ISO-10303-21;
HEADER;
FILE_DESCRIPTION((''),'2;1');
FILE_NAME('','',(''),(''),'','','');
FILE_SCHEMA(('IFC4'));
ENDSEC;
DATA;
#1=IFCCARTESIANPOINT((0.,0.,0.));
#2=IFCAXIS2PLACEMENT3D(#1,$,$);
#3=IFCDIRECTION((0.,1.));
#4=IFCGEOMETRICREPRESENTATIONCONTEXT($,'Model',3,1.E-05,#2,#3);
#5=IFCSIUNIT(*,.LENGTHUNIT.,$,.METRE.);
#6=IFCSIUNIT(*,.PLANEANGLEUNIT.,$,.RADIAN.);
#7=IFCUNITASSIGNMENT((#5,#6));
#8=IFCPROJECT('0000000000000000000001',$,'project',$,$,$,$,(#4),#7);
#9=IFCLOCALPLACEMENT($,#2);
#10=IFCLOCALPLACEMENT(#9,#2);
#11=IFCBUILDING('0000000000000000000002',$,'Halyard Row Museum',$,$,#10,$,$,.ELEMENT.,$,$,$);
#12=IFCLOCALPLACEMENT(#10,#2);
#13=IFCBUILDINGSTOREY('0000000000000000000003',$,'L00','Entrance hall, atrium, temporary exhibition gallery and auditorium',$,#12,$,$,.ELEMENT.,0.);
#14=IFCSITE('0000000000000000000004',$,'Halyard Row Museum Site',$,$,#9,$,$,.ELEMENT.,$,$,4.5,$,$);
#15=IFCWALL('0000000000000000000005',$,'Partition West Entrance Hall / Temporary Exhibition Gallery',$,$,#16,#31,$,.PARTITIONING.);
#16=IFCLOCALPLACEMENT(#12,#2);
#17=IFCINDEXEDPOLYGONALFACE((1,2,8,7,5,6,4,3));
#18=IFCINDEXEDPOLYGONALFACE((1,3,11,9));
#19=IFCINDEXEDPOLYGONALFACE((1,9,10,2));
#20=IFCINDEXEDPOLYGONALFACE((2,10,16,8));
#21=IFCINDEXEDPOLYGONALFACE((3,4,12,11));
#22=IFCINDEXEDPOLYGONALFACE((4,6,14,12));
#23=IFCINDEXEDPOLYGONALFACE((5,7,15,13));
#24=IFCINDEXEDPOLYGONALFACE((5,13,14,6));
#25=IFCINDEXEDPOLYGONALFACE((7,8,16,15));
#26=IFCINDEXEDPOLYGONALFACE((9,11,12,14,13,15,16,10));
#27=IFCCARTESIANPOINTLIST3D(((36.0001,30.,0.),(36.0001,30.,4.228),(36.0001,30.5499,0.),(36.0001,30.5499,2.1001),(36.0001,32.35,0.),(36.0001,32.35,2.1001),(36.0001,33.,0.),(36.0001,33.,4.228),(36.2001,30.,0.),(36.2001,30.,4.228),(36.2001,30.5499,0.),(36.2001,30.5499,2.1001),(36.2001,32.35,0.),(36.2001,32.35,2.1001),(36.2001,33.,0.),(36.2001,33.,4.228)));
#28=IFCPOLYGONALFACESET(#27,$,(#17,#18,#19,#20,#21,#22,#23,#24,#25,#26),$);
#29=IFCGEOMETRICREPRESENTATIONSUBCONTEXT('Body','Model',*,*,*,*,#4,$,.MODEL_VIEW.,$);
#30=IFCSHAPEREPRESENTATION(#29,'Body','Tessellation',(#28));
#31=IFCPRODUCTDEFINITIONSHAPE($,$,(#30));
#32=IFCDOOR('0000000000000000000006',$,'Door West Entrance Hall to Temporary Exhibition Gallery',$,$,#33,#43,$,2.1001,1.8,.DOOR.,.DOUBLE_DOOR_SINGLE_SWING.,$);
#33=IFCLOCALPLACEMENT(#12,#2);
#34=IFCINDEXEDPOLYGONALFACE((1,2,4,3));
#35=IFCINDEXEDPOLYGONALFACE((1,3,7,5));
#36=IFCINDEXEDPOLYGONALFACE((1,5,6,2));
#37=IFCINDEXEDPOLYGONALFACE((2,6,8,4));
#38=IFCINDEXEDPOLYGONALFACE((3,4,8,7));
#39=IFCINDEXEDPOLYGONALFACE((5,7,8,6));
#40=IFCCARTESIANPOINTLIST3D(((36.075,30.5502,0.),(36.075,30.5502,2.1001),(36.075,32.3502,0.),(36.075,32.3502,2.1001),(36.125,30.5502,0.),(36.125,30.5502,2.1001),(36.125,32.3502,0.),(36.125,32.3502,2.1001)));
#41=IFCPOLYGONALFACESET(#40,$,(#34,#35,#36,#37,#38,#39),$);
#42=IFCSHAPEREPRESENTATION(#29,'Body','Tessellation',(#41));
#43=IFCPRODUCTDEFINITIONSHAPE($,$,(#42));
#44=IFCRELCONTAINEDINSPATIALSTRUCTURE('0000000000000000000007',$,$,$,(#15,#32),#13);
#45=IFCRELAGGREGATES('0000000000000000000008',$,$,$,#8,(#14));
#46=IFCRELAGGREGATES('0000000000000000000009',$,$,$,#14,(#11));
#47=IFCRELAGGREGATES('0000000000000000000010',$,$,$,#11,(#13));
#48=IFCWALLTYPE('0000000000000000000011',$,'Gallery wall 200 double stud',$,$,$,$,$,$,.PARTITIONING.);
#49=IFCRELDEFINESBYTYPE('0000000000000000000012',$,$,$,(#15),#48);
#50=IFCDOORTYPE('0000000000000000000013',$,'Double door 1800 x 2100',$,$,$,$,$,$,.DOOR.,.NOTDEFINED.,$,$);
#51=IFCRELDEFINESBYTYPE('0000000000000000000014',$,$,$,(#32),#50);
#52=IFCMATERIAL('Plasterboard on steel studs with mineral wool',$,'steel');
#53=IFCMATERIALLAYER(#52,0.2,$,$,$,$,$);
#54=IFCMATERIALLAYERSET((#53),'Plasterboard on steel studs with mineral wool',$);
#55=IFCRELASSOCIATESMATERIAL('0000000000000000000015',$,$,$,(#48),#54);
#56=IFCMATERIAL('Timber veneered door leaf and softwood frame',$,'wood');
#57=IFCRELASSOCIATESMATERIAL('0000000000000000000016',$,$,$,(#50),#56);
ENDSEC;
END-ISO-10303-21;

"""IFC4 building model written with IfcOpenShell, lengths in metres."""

from ifc_helpers import new_model, si_unit, direction, frame, frame_2d, origin, place, context, subcontext, project, spatial, rectangle, extrude, material, layer, layer_set, type_object, element, fill, save


model = new_model("IFC4")

# Units and contexts
model_context = context("Model", 3, precision=1e-05, world=origin(), true_north=direction((0.0, 1.0)))
body_context = subcontext(model_context, "Body", "Model", "MODEL_VIEW")
ifc_project = project(units=[si_unit("LENGTHUNIT", "METRE"), si_unit("PLANEANGLEUNIT", "RADIAN")], contexts=[model_context])

# Site, building, storey
site_placement = place(None, origin())
site = spatial("IfcSite", under=ifc_project, at=site_placement, Name="Halyard Row Museum Site", CompositionType="ELEMENT", RefElevation=4.5)
building_placement = place(site_placement, origin())
building = spatial("IfcBuilding", under=site, at=building_placement, Name="Halyard Row Museum", CompositionType="ELEMENT")
storey_placement = place(building_placement, origin())
storey = spatial("IfcBuildingStorey", under=building, at=storey_placement, Name="L00", Description="Entrance hall, atrium, temporary exhibition gallery and auditorium", CompositionType="ELEMENT", Elevation=0.0)

# Wall, opening, door
ifc_material_1 = material(Name="Plasterboard on steel studs with mineral wool", Category="steel")
ifc_layer_1 = layer(ifc_material_1, 0.2)
ifc_layer_set_1 = layer_set([ifc_layer_1], Name="Plasterboard on steel studs with mineral wool")
wall_type = type_object("IfcWallType", Name="Gallery wall 200 double stud", PredefinedType="PARTITIONING", material=ifc_layer_set_1)
wall_placement = place(storey_placement, frame((36.1001, 30.0, 0.0), z_axis=(0.0, 0.0, 1.0), x_axis=(0.0, 1.0, 0.0)))
wall = element("IfcWall", 1, at=wall_placement, inside=storey, type_object=wall_type, Name="Partition West Entrance Hall / Temporary Exhibition Gallery", PredefinedType="PARTITIONING", context=body_context, shape_type="SweptSolid", body=[
    extrude(rectangle(XDim=3.0, YDim=0.2, at=frame_2d((1.5, 0.0))), origin(), (0.0, 0.0, 1.0), 4.228),
])
opening_placement = place(wall_placement, frame((0.55, 0.0, 0.0)))
opening = element("IfcOpeningElement", 2, at=opening_placement, cuts=wall, PredefinedType="OPENING", context=body_context, shape_type="SweptSolid", body=[
    extrude(rectangle(XDim=1.8, YDim=2.1001, at=frame_2d((0.8999, 1.05))), frame((0.0, 0.1099, 0.0), z_axis=(0.0, -1.0, 0.0), x_axis=(1.0, 0.0, 0.0)), (0.0, 0.0, 1.0), 0.22),
])
ifc_material_2 = material(Name="Timber veneered door leaf and softwood frame", Category="wood")
door_type = type_object("IfcDoorType", Name="Double door 1800 x 2100", OperationType="NOTDEFINED", PredefinedType="DOOR", material=ifc_material_2)
door_placement = place(opening_placement, frame((1.8, 0.0, 0.0), z_axis=(0.0, 0.0, 1.0), x_axis=(-1.0, 0.0, 0.0)))
door = element("IfcDoor", 3, at=door_placement, inside=storey, type_object=door_type, Name="Door West Entrance Hall to Temporary Exhibition Gallery", OperationType="DOUBLE_DOOR_SINGLE_SWING", OverallHeight=2.1001, OverallWidth=1.8, PredefinedType="DOOR", context=body_context, shape_type="SweptSolid", body=[
    extrude(rectangle(XDim=1.8, YDim=2.1001, at=frame_2d((0.8999, 1.05))), frame((0.0, 0.0249, 0.0), z_axis=(0.0, -1.0, 0.0), x_axis=(1.0, 0.0, 0.0)), (0.0, 0.0, 1.0), 0.05),
])
fill(opening, door)

save(model, "model.ifc")
